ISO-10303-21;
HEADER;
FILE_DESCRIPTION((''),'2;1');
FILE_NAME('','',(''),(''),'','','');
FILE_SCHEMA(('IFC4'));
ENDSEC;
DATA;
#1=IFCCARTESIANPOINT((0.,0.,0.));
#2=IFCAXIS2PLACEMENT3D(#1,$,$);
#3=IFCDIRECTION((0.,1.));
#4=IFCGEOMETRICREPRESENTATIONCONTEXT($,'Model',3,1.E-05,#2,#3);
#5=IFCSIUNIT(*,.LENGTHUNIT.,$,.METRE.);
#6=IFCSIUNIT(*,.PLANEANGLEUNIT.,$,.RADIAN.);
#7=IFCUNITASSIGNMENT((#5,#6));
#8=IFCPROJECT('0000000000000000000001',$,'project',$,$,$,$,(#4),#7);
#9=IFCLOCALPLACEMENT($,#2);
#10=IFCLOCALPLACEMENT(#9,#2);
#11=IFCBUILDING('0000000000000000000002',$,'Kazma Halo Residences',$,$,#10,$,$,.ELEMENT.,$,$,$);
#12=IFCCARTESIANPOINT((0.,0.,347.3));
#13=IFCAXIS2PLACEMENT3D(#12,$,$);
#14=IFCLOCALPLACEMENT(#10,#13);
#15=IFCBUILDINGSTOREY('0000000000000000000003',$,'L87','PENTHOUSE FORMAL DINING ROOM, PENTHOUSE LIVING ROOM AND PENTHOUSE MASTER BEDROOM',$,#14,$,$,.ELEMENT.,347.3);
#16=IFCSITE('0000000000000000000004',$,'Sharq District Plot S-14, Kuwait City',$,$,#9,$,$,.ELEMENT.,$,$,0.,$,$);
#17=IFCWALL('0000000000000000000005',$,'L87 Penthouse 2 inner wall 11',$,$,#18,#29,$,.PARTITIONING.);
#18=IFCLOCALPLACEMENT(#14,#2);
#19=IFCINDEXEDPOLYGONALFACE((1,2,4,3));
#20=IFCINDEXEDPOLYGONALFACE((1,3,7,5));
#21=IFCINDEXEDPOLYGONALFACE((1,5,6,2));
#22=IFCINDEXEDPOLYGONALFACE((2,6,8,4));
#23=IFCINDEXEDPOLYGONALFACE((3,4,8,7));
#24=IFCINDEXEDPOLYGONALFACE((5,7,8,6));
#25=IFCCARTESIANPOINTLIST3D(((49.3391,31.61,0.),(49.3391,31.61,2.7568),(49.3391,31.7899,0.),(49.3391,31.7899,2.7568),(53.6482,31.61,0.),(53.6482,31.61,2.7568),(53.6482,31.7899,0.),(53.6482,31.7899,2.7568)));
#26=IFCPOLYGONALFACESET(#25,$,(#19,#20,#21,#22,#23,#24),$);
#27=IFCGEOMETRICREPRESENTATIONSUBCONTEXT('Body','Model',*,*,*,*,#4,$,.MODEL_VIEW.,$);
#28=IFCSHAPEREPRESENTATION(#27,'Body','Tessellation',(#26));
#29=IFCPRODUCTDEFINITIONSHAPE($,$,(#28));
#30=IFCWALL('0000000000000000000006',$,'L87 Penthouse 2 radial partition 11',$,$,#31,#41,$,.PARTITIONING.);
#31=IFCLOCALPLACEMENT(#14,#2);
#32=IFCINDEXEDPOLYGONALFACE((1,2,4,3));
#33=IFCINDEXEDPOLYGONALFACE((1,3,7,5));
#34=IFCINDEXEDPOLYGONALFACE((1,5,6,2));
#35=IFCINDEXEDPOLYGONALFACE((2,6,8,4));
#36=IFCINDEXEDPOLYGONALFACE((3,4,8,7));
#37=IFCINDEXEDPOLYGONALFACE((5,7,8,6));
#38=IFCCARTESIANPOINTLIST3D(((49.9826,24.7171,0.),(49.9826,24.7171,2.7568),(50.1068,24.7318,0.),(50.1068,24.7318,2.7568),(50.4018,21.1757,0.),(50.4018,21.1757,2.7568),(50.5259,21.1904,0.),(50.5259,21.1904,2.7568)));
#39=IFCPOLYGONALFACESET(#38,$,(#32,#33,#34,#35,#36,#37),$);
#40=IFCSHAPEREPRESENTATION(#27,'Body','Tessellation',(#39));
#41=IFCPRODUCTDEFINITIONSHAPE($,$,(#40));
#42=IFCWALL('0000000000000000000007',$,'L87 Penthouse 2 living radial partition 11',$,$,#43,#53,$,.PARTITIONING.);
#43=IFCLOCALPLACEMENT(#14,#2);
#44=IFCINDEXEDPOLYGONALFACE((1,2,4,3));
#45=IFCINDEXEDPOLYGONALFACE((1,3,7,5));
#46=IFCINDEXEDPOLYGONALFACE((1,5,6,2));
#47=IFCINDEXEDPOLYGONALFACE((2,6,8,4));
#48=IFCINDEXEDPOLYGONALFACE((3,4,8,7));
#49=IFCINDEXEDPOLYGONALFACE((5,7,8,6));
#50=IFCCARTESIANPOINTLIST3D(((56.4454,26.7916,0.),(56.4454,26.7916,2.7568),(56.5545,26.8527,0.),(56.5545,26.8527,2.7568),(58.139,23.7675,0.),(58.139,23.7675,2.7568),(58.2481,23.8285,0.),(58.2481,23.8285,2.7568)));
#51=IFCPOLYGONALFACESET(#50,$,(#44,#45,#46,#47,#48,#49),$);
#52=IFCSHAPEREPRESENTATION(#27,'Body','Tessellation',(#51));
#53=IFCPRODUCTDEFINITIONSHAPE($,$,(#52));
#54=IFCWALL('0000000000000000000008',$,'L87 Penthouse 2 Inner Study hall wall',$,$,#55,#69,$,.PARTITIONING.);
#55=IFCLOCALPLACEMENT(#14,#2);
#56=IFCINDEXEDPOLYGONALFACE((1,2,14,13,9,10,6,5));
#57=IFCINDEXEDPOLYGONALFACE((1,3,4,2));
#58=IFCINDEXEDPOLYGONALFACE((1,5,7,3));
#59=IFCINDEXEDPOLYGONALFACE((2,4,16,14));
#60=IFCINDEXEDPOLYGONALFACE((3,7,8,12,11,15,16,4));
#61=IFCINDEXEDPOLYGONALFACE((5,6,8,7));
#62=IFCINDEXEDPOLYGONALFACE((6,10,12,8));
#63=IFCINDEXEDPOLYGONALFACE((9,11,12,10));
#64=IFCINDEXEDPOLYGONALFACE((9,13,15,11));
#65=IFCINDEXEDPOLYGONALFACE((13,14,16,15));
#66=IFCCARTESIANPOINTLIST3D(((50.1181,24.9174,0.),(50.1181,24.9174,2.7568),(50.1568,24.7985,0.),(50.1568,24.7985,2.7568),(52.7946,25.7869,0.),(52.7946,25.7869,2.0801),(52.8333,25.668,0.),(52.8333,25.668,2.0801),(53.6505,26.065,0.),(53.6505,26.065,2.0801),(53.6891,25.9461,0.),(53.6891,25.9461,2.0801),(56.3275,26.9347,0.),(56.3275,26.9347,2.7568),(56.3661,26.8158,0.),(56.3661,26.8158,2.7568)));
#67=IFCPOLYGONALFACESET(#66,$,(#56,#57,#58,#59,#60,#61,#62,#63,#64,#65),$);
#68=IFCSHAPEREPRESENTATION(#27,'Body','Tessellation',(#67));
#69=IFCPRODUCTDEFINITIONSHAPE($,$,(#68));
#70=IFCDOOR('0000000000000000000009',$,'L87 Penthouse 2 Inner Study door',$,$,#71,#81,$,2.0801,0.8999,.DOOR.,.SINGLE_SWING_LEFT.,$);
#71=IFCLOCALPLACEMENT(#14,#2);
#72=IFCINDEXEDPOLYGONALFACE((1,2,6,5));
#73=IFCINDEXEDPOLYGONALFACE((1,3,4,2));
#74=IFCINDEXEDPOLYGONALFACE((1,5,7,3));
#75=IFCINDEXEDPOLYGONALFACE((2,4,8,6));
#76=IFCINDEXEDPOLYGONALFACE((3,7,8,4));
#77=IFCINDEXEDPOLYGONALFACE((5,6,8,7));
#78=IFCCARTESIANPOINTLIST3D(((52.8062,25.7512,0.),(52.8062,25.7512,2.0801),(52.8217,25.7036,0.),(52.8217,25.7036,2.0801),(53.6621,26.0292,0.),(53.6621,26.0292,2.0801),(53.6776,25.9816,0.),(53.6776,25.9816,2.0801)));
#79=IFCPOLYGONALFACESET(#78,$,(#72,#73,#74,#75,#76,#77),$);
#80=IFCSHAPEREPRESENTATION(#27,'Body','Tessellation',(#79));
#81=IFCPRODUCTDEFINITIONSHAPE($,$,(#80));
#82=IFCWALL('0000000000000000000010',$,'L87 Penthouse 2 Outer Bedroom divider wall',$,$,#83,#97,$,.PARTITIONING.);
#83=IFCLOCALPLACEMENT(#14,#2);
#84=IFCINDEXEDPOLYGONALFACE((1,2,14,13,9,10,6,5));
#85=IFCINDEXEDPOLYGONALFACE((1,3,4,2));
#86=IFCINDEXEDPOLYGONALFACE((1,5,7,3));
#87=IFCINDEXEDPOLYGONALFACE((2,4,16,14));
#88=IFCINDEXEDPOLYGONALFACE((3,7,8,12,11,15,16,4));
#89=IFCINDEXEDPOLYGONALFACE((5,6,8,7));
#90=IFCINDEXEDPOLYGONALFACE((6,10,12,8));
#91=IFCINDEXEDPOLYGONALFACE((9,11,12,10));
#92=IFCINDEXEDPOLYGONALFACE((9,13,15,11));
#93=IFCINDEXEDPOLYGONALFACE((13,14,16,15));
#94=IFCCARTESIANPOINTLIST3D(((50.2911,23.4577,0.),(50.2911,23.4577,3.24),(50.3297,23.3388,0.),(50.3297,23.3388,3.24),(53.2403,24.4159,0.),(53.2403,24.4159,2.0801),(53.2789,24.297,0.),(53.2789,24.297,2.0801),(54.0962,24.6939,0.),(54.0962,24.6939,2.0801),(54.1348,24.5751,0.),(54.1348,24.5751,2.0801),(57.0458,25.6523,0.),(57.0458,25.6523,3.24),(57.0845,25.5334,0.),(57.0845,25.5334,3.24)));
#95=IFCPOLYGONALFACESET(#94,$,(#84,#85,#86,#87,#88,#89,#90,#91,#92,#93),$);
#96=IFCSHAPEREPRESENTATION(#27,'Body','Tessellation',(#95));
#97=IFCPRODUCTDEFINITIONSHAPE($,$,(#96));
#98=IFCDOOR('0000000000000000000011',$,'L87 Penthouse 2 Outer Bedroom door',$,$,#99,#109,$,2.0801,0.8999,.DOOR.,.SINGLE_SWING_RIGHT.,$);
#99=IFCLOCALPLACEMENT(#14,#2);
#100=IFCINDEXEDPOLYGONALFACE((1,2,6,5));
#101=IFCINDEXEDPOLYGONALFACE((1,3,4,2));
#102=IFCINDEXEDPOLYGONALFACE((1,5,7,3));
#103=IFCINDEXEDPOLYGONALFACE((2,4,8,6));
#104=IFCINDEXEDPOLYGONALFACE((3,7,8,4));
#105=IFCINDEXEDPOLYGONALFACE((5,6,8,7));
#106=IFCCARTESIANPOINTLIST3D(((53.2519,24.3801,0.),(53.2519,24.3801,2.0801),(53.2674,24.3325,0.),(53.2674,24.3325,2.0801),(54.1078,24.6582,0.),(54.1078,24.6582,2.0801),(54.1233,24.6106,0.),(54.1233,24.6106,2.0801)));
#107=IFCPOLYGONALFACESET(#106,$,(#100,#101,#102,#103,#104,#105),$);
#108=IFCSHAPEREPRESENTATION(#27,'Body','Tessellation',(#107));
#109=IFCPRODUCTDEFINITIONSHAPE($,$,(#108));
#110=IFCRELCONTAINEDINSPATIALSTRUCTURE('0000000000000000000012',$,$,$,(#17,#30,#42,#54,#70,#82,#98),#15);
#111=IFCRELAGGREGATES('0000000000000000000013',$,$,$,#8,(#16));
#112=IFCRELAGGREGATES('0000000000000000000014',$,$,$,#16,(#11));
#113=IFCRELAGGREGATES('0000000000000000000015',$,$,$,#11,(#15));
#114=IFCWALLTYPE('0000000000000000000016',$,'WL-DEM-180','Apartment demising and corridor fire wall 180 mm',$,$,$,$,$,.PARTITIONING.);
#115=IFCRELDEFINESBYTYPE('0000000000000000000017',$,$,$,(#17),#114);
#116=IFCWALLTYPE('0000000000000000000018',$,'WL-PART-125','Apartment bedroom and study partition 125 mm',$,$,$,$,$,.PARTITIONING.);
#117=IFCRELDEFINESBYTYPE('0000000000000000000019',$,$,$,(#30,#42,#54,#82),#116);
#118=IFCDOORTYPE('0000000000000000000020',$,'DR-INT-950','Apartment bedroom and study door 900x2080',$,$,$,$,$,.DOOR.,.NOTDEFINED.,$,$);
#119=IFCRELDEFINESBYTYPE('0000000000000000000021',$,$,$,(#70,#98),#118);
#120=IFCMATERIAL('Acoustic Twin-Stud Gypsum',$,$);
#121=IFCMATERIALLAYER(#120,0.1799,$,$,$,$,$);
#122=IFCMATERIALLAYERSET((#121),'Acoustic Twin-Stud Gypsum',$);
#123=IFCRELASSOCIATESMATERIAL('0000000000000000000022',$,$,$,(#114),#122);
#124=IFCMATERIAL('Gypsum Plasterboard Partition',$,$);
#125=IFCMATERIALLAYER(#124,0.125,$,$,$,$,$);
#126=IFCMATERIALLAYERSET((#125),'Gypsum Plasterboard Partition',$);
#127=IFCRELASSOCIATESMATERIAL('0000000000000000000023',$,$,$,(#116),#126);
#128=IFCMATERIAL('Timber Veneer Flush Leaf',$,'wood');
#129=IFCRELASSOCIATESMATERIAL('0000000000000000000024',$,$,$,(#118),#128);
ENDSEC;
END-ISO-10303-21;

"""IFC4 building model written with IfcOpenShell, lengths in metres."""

from ifc_helpers import new_model, si_unit, direction, frame, frame_2d, origin, place, context, subcontext, project, spatial, rectangle, extrude, material, layer, layer_set, type_object, element, fill, save


model = new_model("IFC4")

# Units and contexts
model_context = context("Model", 3, precision=1e-05, world=origin(), true_north=direction((0.0, 1.0)))
body_context = subcontext(model_context, "Body", "Model", "MODEL_VIEW")
ifc_project = project(units=[si_unit("LENGTHUNIT", "METRE"), si_unit("PLANEANGLEUNIT", "RADIAN")], contexts=[model_context])

# Site, building, storey
site_placement = place(None, origin())
site = spatial("IfcSite", under=ifc_project, at=site_placement, Name="Sharq District Plot S-14, Kuwait City", CompositionType="ELEMENT", RefElevation=0.0)
building_placement = place(site_placement, origin())
building = spatial("IfcBuilding", under=site, at=building_placement, Name="Kazma Halo Residences", CompositionType="ELEMENT")
storey_placement = place(building_placement, frame((0.0, 0.0, 347.3)))
storey = spatial("IfcBuildingStorey", under=building, at=storey_placement, Name="L87", Description="PENTHOUSE FORMAL DINING ROOM, PENTHOUSE LIVING ROOM AND PENTHOUSE MASTER BEDROOM", CompositionType="ELEMENT", Elevation=347.3)

# Shared definitions
ifc_material_1 = material(Name="Acoustic Twin-Stud Gypsum")
ifc_layer_1 = layer(ifc_material_1, 0.1799)
ifc_layer_set_1 = layer_set([ifc_layer_1], Name="Acoustic Twin-Stud Gypsum")
wall_type_1 = type_object("IfcWallType", Name="WL-DEM-180", Description="Apartment demising and corridor fire wall 180 mm", PredefinedType="PARTITIONING", material=ifc_layer_set_1)

# Wall
wall_1_placement = place(storey_placement, frame((49.3391, 31.7, 0.0), z_axis=(0.0, 0.0, 1.0), x_axis=(1.0, 0.0, 0.0)))
element("IfcWall", 1, at=wall_1_placement, inside=storey, type_object=wall_type_1, Name="L87 Penthouse 2 inner wall 11", PredefinedType="PARTITIONING", context=body_context, shape_type="SweptSolid", body=[
    extrude(rectangle(XDim=4.3091, YDim=0.1799, at=frame_2d((2.1545, 0.0))), origin(), (0.0, 0.0, 1.0), 2.7568),
])

# Walls
ifc_material_2 = material(Name="Gypsum Plasterboard Partition")
ifc_layer_2 = layer(ifc_material_2, 0.125)
ifc_layer_set_2 = layer_set([ifc_layer_2], Name="Gypsum Plasterboard Partition")
wall_type_2 = type_object("IfcWallType", Name="WL-PART-125", Description="Apartment bedroom and study partition 125 mm", PredefinedType="PARTITIONING", material=ifc_layer_set_2)
wall_2_placement = place(storey_placement, frame((50.0447, 24.7246, 0.0), z_axis=(0.0, 0.0, 1.0), x_axis=(0.117544, -0.993068, 0.0)))
element("IfcWall", 2, at=wall_2_placement, inside=storey, type_object=wall_type_2, Name="L87 Penthouse 2 radial partition 11", PredefinedType="PARTITIONING", context=body_context, shape_type="SweptSolid", body=[
    extrude(rectangle(XDim=3.5662, YDim=0.125, at=frame_2d((1.7832, 0.0))), origin(), (0.0, 0.0, 1.0), 2.7568),
])
wall_3_placement = place(storey_placement, frame((56.5, 26.822, 0.0), z_axis=(0.0, 0.0, 1.0), x_axis=(0.488618, -0.872498, 0.0)))
element("IfcWall", 3, at=wall_3_placement, inside=storey, type_object=wall_type_2, Name="L87 Penthouse 2 living radial partition 11", PredefinedType="PARTITIONING", context=body_context, shape_type="SweptSolid", body=[
    extrude(rectangle(XDim=3.4661, YDim=0.125, at=frame_2d((1.7329, 0.0))), origin(), (0.0, 0.0, 1.0), 2.7568),
])

# Walls, openings, doors
wall_4_placement = place(storey_placement, frame((50.1375, 24.8579, 0.0), z_axis=(0.0, 0.0, 1.0), x_axis=(0.951064, 0.308994, 0.0)))
wall_4 = element("IfcWall", 4, at=wall_4_placement, inside=storey, type_object=wall_type_2, Name="L87 Penthouse 2 Inner Study hall wall", PredefinedType="PARTITIONING", context=body_context, shape_type="SweptSolid", body=[
    extrude(rectangle(XDim=6.5288, YDim=0.125, at=frame_2d((3.2644, 0.0))), origin(), (0.0, 0.0, 1.0), 2.7568),
])
opening_1_placement = place(wall_4_placement, frame((2.8142, 0.0, 0.0)))
opening_1 = element("IfcOpeningElement", 5, at=opening_1_placement, cuts=wall_4, PredefinedType="OPENING", context=body_context, shape_type="SweptSolid", body=[
    extrude(rectangle(XDim=0.8999, YDim=2.0801, at=frame_2d((0.45, 1.04))), frame((0.0, 0.0725, 0.0), z_axis=(0.0, -1.0, 0.0), x_axis=(1.0, 0.0, 0.0)), (0.0, 0.0, 1.0), 0.145),
])
ifc_material_3 = material(Name="Timber Veneer Flush Leaf", Category="wood")
door_type_1 = type_object("IfcDoorType", Name="DR-INT-950", Description="Apartment bedroom and study door 900x2080", OperationType="NOTDEFINED", PredefinedType="DOOR", material=ifc_material_3)
door_1_placement = place(opening_1_placement, origin())
door_1 = element("IfcDoor", 6, at=door_1_placement, inside=storey, type_object=door_type_1, Name="L87 Penthouse 2 Inner Study door", OperationType="SINGLE_SWING_LEFT", OverallHeight=2.0801, OverallWidth=0.8999, PredefinedType="DOOR", context=body_context, shape_type="SweptSolid", body=[
    extrude(rectangle(XDim=0.8999, YDim=2.0801, at=frame_2d((0.45, 1.04))), frame((0.0, 0.0249, 0.0), z_axis=(0.0, -1.0, 0.0), x_axis=(1.0, 0.0, 0.0)), (0.0, 0.0, 1.0), 0.05),
])
fill(opening_1, door_1)
wall_5_placement = place(storey_placement, frame((50.3103, 23.3982, 0.0), z_axis=(0.0, 0.0, 1.0), x_axis=(0.951062, 0.309, 0.0)))
wall_5 = element("IfcWall", 7, at=wall_5_placement, inside=storey, type_object=wall_type_2, Name="L87 Penthouse 2 Outer Bedroom divider wall", PredefinedType="PARTITIONING", context=body_context, shape_type="SweptSolid", body=[
    extrude(rectangle(XDim=7.1023, YDim=0.125, at=frame_2d((3.5513, 0.0))), origin(), (0.0, 0.0, 1.0), 3.24),
])
opening_2_placement = place(wall_5_placement, frame((3.1011, 0.0, 0.0)))
opening_2 = element("IfcOpeningElement", 8, at=opening_2_placement, cuts=wall_5, PredefinedType="OPENING", context=body_context, shape_type="SweptSolid", body=[
    extrude(rectangle(XDim=0.8999, YDim=2.0801, at=frame_2d((0.45, 1.04))), frame((0.0, 0.0725, 0.0), z_axis=(0.0, -1.0, 0.0), x_axis=(1.0, 0.0, 0.0)), (0.0, 0.0, 1.0), 0.145),
])
door_2_placement = place(opening_2_placement, origin())
door_2 = element("IfcDoor", 9, at=door_2_placement, inside=storey, type_object=door_type_1, Name="L87 Penthouse 2 Outer Bedroom door", OperationType="SINGLE_SWING_RIGHT", OverallHeight=2.0801, OverallWidth=0.8999, PredefinedType="DOOR", context=body_context, shape_type="SweptSolid", body=[
    extrude(rectangle(XDim=0.8999, YDim=2.0801, at=frame_2d((0.45, 1.04))), frame((0.0, 0.0249, 0.0), z_axis=(0.0, -1.0, 0.0), x_axis=(1.0, 0.0, 0.0)), (0.0, 0.0, 1.0), 0.05),
])
fill(opening_2, door_2)

save(model, "model.ifc")
